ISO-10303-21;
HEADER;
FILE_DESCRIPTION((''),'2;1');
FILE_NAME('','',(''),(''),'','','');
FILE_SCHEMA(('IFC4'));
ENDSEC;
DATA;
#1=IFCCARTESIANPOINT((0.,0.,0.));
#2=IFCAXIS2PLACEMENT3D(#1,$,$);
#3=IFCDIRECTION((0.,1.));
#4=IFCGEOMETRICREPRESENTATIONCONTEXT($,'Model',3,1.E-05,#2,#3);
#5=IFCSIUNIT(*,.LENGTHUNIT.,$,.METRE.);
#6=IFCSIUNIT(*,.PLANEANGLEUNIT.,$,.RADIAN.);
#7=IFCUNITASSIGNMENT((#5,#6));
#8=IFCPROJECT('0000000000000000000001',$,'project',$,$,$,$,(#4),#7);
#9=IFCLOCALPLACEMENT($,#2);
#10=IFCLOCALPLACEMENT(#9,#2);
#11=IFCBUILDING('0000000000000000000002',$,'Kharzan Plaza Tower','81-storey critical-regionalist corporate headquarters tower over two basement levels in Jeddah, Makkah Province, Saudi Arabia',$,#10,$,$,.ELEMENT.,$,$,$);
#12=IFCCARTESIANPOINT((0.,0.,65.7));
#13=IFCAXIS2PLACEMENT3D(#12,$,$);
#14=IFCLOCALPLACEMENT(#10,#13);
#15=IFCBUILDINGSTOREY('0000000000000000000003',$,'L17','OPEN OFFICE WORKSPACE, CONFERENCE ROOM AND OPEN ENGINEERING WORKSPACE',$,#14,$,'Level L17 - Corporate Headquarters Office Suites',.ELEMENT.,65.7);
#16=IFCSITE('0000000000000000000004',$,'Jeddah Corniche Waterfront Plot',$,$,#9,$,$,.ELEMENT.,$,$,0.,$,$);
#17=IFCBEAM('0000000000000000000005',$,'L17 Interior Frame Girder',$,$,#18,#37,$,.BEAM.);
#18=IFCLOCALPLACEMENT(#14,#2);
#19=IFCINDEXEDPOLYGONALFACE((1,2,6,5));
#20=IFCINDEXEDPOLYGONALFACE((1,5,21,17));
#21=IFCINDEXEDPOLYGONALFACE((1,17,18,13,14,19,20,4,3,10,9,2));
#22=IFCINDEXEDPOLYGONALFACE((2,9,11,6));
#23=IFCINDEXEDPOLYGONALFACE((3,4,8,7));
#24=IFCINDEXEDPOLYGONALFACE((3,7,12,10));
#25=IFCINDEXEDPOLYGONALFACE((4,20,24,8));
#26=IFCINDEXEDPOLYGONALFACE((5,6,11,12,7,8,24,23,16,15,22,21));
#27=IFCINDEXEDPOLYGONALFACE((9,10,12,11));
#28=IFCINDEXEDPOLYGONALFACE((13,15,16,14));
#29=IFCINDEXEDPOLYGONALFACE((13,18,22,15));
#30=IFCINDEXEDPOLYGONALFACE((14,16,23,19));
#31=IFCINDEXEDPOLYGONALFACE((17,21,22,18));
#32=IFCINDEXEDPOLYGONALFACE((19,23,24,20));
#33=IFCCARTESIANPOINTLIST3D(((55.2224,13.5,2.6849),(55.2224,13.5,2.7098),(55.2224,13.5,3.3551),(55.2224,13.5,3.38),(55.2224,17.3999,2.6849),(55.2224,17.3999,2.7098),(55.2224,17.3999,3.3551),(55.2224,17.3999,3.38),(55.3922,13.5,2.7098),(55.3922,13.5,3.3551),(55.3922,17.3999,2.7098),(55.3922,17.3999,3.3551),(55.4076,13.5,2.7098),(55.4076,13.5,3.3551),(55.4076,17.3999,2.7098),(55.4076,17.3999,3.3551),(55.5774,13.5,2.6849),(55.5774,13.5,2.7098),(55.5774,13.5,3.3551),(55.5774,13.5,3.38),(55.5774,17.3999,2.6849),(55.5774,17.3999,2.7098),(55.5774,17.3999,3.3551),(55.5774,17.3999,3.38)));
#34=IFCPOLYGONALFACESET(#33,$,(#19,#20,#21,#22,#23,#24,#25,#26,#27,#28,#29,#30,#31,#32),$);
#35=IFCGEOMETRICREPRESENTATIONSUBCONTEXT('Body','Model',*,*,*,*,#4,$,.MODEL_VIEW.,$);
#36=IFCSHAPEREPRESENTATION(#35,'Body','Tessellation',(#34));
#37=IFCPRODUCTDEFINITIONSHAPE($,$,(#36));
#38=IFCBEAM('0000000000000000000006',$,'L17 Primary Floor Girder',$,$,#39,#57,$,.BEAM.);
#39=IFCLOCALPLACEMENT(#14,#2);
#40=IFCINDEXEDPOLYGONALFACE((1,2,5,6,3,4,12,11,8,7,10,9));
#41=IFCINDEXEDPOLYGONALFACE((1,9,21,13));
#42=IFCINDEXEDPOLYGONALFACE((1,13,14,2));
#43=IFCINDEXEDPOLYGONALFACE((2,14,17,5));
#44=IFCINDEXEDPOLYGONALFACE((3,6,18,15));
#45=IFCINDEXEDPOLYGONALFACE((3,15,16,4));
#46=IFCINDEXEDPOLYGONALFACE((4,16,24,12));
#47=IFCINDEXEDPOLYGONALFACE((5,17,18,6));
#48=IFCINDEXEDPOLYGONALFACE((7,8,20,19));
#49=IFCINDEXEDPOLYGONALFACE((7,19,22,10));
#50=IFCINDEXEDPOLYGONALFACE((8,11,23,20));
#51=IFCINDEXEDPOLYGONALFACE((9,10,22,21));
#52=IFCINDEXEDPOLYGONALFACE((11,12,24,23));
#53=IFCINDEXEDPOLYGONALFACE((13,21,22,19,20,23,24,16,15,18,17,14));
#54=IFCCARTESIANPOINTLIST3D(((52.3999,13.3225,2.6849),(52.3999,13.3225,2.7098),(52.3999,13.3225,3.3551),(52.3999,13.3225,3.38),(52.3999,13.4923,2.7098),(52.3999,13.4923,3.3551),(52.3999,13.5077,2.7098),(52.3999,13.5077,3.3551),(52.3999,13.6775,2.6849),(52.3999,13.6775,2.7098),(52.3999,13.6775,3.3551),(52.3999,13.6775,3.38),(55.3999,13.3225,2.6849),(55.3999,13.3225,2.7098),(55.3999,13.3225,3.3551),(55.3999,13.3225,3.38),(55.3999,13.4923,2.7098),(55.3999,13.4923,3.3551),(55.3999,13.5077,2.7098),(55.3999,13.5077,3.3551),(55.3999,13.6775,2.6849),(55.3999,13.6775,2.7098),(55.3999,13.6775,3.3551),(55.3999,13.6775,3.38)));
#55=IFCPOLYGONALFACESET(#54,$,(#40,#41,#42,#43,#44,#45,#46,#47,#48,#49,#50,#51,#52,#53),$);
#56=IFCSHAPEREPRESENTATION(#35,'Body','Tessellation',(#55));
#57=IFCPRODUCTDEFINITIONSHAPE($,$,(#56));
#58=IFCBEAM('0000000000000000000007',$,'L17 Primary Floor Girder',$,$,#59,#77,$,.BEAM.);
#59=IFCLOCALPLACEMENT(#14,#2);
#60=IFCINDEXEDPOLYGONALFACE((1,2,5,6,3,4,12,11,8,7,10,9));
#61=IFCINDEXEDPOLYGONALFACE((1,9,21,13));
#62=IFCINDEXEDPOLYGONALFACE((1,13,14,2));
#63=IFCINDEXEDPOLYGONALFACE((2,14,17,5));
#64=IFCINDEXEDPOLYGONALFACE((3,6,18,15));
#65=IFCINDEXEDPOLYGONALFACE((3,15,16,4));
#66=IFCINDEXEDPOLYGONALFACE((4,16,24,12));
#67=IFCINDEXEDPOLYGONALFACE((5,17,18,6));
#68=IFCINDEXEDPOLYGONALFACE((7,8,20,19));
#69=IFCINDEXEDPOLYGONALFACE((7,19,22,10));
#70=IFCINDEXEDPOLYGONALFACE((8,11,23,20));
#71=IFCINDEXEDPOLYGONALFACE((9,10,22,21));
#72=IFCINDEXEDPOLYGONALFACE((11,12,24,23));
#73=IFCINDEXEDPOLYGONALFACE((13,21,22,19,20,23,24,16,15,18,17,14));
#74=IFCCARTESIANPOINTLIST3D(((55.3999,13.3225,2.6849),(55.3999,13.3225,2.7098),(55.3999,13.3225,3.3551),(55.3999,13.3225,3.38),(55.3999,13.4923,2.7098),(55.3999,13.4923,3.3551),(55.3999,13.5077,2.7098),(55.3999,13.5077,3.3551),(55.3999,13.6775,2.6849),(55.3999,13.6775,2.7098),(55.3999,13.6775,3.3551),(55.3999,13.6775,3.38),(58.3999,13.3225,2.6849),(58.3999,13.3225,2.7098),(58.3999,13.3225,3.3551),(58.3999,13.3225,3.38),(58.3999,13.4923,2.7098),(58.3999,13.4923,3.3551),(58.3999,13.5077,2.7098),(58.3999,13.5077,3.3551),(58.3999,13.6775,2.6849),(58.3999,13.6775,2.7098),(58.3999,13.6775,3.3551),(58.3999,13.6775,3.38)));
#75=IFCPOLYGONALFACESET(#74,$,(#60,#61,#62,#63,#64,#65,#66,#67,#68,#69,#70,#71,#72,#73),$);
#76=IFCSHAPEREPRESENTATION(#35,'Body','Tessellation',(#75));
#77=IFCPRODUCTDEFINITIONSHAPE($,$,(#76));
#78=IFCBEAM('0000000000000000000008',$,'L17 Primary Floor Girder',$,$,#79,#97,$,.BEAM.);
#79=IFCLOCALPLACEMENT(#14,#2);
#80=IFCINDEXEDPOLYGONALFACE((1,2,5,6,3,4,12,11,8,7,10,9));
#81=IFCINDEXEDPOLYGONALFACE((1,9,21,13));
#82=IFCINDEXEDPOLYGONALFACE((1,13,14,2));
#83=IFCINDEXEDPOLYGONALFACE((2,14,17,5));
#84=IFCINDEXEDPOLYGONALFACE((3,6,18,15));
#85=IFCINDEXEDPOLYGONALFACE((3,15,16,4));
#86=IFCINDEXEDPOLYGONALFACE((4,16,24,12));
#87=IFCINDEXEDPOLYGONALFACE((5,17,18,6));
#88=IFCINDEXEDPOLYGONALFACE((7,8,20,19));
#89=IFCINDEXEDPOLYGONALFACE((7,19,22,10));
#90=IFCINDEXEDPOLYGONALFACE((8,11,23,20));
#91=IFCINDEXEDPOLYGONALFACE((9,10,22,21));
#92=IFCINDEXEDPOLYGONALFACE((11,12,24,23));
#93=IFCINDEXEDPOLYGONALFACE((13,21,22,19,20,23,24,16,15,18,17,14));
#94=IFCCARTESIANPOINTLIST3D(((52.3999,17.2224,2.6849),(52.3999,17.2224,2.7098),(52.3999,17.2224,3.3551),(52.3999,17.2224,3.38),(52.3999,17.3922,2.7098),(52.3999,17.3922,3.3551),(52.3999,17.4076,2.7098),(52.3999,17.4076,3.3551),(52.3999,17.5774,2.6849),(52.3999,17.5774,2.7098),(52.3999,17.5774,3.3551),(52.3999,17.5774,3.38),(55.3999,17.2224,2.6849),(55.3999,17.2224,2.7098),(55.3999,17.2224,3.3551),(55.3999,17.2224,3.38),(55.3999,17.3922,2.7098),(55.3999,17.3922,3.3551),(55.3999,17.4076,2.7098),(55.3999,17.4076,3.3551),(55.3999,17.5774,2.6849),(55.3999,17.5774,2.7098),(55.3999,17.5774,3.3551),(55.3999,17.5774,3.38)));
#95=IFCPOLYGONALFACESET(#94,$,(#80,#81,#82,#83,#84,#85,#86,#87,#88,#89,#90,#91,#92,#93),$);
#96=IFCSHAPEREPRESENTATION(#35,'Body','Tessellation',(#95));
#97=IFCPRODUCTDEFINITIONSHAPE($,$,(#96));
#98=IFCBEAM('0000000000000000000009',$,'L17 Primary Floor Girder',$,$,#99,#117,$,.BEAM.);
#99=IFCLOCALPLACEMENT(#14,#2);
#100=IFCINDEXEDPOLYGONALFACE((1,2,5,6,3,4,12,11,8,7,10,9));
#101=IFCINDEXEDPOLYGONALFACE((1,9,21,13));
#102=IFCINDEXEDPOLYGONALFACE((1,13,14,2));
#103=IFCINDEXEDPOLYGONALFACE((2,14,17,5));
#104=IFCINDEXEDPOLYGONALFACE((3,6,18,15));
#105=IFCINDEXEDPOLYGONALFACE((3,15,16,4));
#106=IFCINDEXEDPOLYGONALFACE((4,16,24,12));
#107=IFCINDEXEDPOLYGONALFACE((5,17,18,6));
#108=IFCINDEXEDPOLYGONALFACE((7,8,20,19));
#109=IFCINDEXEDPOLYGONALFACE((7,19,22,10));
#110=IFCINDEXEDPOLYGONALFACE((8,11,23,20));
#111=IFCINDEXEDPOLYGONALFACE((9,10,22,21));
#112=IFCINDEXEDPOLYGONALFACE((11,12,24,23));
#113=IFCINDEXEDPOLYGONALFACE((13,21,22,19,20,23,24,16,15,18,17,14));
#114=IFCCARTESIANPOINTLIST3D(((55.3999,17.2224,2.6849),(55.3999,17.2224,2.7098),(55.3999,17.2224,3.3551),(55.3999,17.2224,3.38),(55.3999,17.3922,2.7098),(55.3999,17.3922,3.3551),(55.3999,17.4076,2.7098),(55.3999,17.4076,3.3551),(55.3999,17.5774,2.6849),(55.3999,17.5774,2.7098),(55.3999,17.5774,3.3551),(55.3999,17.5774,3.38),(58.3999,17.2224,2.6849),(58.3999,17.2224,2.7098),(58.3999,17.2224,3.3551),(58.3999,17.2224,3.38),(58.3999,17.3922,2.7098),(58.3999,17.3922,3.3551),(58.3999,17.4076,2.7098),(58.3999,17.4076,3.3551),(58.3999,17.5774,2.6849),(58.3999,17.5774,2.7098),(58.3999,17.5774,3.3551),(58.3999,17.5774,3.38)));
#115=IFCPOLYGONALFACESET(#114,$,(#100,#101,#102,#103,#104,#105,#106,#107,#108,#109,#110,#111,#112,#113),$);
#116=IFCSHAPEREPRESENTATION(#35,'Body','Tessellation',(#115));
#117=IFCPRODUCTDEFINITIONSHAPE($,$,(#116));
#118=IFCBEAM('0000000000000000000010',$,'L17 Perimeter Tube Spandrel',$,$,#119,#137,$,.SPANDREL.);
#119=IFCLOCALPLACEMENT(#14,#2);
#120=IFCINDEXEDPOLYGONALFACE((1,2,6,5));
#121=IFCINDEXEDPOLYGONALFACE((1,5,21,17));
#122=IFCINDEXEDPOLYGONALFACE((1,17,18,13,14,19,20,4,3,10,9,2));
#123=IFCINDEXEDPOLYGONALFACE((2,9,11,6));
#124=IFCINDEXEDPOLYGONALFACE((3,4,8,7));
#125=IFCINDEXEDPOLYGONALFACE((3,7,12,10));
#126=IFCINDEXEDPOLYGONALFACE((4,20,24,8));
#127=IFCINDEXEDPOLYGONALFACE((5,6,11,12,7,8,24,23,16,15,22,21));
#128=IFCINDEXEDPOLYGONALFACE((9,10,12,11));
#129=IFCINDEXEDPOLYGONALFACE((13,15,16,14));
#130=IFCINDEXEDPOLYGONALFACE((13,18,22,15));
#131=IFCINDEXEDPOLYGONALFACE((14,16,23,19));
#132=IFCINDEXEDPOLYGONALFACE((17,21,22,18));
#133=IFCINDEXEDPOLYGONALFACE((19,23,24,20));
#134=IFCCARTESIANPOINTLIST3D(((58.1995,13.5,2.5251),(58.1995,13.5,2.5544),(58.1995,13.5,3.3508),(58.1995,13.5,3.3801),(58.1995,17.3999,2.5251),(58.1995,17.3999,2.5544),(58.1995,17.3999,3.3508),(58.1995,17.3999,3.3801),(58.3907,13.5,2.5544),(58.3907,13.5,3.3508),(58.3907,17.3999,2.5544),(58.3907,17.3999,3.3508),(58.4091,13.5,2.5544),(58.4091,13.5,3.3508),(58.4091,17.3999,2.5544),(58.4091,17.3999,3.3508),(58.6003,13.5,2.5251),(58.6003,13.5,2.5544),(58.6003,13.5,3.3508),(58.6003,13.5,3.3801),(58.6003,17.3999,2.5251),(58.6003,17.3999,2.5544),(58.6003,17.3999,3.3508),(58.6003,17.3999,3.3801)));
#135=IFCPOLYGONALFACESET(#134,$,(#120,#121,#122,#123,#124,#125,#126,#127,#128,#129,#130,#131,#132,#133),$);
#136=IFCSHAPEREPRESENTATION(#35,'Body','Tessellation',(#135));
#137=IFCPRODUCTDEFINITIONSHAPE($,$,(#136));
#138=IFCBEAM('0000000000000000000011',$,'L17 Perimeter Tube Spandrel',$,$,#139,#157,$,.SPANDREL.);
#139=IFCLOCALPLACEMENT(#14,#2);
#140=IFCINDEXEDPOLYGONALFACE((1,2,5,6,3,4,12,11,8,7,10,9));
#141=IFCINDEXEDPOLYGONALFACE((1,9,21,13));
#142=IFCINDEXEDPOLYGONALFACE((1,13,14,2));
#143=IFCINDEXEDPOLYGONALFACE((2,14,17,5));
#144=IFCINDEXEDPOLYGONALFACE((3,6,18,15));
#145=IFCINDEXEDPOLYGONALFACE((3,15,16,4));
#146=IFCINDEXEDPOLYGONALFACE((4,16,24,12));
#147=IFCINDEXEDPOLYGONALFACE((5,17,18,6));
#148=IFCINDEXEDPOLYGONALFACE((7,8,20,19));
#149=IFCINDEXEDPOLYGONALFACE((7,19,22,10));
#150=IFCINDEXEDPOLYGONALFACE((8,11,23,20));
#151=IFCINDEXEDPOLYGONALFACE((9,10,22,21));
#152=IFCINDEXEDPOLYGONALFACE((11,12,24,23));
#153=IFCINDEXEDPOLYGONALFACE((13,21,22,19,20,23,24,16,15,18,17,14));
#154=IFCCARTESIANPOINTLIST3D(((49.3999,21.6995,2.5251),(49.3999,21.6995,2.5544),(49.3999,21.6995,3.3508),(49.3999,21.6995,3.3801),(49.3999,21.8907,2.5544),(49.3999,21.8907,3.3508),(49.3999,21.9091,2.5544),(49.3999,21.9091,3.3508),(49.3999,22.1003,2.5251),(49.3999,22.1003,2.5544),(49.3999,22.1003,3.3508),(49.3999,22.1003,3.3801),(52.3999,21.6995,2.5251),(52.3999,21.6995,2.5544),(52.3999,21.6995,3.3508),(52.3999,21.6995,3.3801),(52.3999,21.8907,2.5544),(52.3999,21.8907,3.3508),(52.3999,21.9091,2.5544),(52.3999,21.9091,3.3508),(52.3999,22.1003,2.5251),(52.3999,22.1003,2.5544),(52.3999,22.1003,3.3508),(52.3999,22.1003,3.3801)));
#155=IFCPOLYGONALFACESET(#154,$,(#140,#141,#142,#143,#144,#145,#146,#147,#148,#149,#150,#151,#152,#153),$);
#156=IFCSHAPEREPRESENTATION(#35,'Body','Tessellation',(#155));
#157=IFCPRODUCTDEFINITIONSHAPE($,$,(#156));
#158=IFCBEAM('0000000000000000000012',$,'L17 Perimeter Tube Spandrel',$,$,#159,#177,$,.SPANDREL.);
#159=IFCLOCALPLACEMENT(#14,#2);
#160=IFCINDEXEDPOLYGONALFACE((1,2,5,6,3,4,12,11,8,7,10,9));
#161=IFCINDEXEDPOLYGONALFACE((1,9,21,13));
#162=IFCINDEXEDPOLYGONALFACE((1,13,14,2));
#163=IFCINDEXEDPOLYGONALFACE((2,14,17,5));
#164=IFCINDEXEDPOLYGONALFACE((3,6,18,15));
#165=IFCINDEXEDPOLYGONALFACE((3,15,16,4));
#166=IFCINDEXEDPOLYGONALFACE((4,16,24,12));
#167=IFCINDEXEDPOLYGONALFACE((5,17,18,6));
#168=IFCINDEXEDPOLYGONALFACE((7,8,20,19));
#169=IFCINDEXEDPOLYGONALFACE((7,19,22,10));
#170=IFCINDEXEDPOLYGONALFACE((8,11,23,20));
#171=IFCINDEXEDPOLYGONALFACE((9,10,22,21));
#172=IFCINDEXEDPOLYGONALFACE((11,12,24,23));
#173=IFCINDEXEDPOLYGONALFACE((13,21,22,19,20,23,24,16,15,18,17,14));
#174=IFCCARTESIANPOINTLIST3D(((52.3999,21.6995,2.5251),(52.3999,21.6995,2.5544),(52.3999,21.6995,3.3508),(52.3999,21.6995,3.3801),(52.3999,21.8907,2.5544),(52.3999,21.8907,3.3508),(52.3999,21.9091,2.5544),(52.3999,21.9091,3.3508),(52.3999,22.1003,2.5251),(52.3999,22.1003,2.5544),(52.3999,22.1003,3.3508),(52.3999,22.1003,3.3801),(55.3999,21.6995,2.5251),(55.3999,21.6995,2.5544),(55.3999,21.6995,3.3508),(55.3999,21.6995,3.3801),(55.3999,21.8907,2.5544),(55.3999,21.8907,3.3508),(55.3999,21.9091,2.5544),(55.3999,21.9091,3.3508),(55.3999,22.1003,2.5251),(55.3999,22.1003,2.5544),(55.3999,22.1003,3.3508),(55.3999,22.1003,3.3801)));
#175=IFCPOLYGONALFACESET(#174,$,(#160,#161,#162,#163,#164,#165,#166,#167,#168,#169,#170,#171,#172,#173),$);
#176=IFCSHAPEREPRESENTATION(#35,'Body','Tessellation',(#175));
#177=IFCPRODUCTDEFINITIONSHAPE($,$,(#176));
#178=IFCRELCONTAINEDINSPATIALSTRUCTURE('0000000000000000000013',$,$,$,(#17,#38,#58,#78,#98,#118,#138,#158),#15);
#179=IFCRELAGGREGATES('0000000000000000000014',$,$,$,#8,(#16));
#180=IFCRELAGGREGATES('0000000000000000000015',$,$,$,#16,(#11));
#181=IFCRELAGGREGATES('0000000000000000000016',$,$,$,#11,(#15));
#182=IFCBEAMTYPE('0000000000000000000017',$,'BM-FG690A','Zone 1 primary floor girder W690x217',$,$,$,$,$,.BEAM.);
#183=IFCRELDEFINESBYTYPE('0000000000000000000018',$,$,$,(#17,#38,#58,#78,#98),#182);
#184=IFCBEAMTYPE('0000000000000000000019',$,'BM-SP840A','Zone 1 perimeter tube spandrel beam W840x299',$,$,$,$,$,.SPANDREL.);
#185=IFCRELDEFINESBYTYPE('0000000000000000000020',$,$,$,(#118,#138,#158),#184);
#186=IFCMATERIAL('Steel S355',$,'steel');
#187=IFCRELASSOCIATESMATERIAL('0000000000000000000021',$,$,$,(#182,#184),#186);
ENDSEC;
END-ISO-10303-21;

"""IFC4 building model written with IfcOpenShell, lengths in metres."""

from ifc_helpers import new_model, si_unit, direction, frame, origin, origin_2d, place, context, subcontext, project, spatial, i_section, extrude, source, transform, mapped, material, material_profile, profile_set, type_object, element, save


model = new_model("IFC4")

# Units and contexts
model_context = context("Model", 3, precision=1e-05, world=origin(), true_north=direction((0.0, 1.0)))
body_context = subcontext(model_context, "Body", "Model", "MODEL_VIEW")
ifc_project = project(units=[si_unit("LENGTHUNIT", "METRE"), si_unit("PLANEANGLEUNIT", "RADIAN")], contexts=[model_context])

# Site, building, storey
site_placement = place(None, origin())
site = spatial("IfcSite", under=ifc_project, at=site_placement, Name="Jeddah Corniche Waterfront Plot", CompositionType="ELEMENT", RefElevation=0.0)
building_placement = place(site_placement, origin())
building = spatial("IfcBuilding", under=site, at=building_placement, Name="Kharzan Plaza Tower", Description="81-storey critical-regionalist corporate headquarters tower over two basement levels in Jeddah, Makkah Province, Saudi Arabia", CompositionType="ELEMENT")
storey_placement = place(building_placement, frame((0.0, 0.0, 65.7)))
storey = spatial("IfcBuildingStorey", under=building, at=storey_placement, Name="L17", Description="OPEN OFFICE WORKSPACE, CONFERENCE ROOM AND OPEN ENGINEERING WORKSPACE", LongName="Level L17 - Corporate Headquarters Office Suites", CompositionType="ELEMENT", Elevation=65.7)

# Beams
ifc_material_1 = material(Name="Steel S355", Category="steel")
ifc_material_profile_1 = material_profile(ifc_material_1, i_section(OverallWidth=0.355, OverallDepth=0.6951, WebThickness=0.0154, FlangeThickness=0.0249, at=origin_2d()), Name="W690x217")
ifc_profile_set_1 = profile_set([ifc_material_profile_1], Name="Steel S355")
beam_type_1 = type_object("IfcBeamType", Name="BM-FG690A", Description="Zone 1 primary floor girder W690x217", PredefinedType="BEAM", material=ifc_profile_set_1)
shared_shape_1 = source(origin(), body_context, "Body", "SweptSolid", [
    extrude(i_section(OverallWidth=0.355, OverallDepth=0.6951, WebThickness=0.0154, FlangeThickness=0.0249, at=origin_2d()), origin(), (0.0, 0.0, 1.0), 3.8999),
])
for number, where, z_axis, x_axis, name in (
    (1, (55.3999, 13.5, 3.0325), (0.0, 1.0, 0.0), (-1.0, 0.0, 0.0), "L17 Interior Frame Girder"),
):
    element("IfcBeam", number, at=place(storey_placement, frame(where, z_axis=z_axis, x_axis=x_axis)), inside=storey, type_object=beam_type_1, Name=name, PredefinedType="BEAM", context=body_context, shape_type="MappedRepresentation", body=[
        mapped(shared_shape_1, transform((0.0, 0.0, 0.0), x_axis=(1.0, 0.0, 0.0), y_axis=(0.0, 1.0, 0.0), z_axis=(0.0, 0.0, 1.0))),
    ])
shared_shape_2 = source(origin(), body_context, "Body", "SweptSolid", [
    extrude(i_section(OverallWidth=0.355, OverallDepth=0.6951, WebThickness=0.0154, FlangeThickness=0.0249, at=origin_2d()), origin(), (0.0, 0.0, 1.0), 3.0),
])
for number, where, z_axis, x_axis, name in (
    (2, (52.3999, 13.5, 3.0325), (1.0, 0.0, 0.0), (0.0, 1.0, 0.0), "L17 Primary Floor Girder"),
    (3, (55.3999, 13.5, 3.0325), (1.0, 0.0, 0.0), (0.0, 1.0, 0.0), "L17 Primary Floor Girder"),
    (4, (52.3999, 17.3999, 3.0325), (1.0, 0.0, 0.0), (0.0, 1.0, 0.0), "L17 Primary Floor Girder"),
    (5, (55.3999, 17.3999, 3.0325), (1.0, 0.0, 0.0), (0.0, 1.0, 0.0), "L17 Primary Floor Girder"),
):
    element("IfcBeam", number, at=place(storey_placement, frame(where, z_axis=z_axis, x_axis=x_axis)), inside=storey, type_object=beam_type_1, Name=name, PredefinedType="BEAM", context=body_context, shape_type="MappedRepresentation", body=[
        mapped(shared_shape_2, transform((0.0, 0.0, 0.0), x_axis=(1.0, 0.0, 0.0), y_axis=(0.0, 1.0, 0.0), z_axis=(0.0, 0.0, 1.0))),
    ])
ifc_material_profile_2 = material_profile(ifc_material_1, i_section(OverallWidth=0.4009, OverallDepth=0.855, WebThickness=0.0183, FlangeThickness=0.0293, at=origin_2d()), Name="W840x299")
ifc_profile_set_2 = profile_set([ifc_material_profile_2], Name="Steel S355")
beam_type_2 = type_object("IfcBeamType", Name="BM-SP840A", Description="Zone 1 perimeter tube spandrel beam W840x299", PredefinedType="SPANDREL", material=ifc_profile_set_2)
shared_shape_3 = source(origin(), body_context, "Body", "SweptSolid", [
    extrude(i_section(OverallWidth=0.4009, OverallDepth=0.855, WebThickness=0.0183, FlangeThickness=0.0293, at=origin_2d()), origin(), (0.0, 0.0, 1.0), 3.8999),
])
beam_placement = place(storey_placement, frame((58.3999, 13.5, 2.9526), z_axis=(0.0, 1.0, 0.0), x_axis=(-1.0, 0.0, 0.0)))
element("IfcBeam", 6, at=beam_placement, inside=storey, type_object=beam_type_2, Name="L17 Perimeter Tube Spandrel", PredefinedType="SPANDREL", context=body_context, shape_type="MappedRepresentation", body=[
    mapped(shared_shape_3, transform((0.0, 0.0, 0.0), x_axis=(1.0, 0.0, 0.0), y_axis=(0.0, 1.0, 0.0), z_axis=(0.0, 0.0, 1.0))),
])
shared_shape_4 = source(origin(), body_context, "Body", "SweptSolid", [
    extrude(i_section(OverallWidth=0.4009, OverallDepth=0.855, WebThickness=0.0183, FlangeThickness=0.0293, at=origin_2d()), origin(), (0.0, 0.0, 1.0), 3.0),
])
for number, where, z_axis, x_axis, name in (
    (7, (49.3999, 21.8999, 2.9526), (1.0, 0.0, 0.0), (0.0, 1.0, 0.0), "L17 Perimeter Tube Spandrel"),
    (8, (52.3999, 21.8999, 2.9526), (1.0, 0.0, 0.0), (0.0, 1.0, 0.0), "L17 Perimeter Tube Spandrel"),
):
    element("IfcBeam", number, at=place(storey_placement, frame(where, z_axis=z_axis, x_axis=x_axis)), inside=storey, type_object=beam_type_2, Name=name, PredefinedType="SPANDREL", context=body_context, shape_type="MappedRepresentation", body=[
        mapped(shared_shape_4, transform((0.0, 0.0, 0.0), x_axis=(1.0, 0.0, 0.0), y_axis=(0.0, 1.0, 0.0), z_axis=(0.0, 0.0, 1.0))),
    ])

save(model, "model.ifc")
